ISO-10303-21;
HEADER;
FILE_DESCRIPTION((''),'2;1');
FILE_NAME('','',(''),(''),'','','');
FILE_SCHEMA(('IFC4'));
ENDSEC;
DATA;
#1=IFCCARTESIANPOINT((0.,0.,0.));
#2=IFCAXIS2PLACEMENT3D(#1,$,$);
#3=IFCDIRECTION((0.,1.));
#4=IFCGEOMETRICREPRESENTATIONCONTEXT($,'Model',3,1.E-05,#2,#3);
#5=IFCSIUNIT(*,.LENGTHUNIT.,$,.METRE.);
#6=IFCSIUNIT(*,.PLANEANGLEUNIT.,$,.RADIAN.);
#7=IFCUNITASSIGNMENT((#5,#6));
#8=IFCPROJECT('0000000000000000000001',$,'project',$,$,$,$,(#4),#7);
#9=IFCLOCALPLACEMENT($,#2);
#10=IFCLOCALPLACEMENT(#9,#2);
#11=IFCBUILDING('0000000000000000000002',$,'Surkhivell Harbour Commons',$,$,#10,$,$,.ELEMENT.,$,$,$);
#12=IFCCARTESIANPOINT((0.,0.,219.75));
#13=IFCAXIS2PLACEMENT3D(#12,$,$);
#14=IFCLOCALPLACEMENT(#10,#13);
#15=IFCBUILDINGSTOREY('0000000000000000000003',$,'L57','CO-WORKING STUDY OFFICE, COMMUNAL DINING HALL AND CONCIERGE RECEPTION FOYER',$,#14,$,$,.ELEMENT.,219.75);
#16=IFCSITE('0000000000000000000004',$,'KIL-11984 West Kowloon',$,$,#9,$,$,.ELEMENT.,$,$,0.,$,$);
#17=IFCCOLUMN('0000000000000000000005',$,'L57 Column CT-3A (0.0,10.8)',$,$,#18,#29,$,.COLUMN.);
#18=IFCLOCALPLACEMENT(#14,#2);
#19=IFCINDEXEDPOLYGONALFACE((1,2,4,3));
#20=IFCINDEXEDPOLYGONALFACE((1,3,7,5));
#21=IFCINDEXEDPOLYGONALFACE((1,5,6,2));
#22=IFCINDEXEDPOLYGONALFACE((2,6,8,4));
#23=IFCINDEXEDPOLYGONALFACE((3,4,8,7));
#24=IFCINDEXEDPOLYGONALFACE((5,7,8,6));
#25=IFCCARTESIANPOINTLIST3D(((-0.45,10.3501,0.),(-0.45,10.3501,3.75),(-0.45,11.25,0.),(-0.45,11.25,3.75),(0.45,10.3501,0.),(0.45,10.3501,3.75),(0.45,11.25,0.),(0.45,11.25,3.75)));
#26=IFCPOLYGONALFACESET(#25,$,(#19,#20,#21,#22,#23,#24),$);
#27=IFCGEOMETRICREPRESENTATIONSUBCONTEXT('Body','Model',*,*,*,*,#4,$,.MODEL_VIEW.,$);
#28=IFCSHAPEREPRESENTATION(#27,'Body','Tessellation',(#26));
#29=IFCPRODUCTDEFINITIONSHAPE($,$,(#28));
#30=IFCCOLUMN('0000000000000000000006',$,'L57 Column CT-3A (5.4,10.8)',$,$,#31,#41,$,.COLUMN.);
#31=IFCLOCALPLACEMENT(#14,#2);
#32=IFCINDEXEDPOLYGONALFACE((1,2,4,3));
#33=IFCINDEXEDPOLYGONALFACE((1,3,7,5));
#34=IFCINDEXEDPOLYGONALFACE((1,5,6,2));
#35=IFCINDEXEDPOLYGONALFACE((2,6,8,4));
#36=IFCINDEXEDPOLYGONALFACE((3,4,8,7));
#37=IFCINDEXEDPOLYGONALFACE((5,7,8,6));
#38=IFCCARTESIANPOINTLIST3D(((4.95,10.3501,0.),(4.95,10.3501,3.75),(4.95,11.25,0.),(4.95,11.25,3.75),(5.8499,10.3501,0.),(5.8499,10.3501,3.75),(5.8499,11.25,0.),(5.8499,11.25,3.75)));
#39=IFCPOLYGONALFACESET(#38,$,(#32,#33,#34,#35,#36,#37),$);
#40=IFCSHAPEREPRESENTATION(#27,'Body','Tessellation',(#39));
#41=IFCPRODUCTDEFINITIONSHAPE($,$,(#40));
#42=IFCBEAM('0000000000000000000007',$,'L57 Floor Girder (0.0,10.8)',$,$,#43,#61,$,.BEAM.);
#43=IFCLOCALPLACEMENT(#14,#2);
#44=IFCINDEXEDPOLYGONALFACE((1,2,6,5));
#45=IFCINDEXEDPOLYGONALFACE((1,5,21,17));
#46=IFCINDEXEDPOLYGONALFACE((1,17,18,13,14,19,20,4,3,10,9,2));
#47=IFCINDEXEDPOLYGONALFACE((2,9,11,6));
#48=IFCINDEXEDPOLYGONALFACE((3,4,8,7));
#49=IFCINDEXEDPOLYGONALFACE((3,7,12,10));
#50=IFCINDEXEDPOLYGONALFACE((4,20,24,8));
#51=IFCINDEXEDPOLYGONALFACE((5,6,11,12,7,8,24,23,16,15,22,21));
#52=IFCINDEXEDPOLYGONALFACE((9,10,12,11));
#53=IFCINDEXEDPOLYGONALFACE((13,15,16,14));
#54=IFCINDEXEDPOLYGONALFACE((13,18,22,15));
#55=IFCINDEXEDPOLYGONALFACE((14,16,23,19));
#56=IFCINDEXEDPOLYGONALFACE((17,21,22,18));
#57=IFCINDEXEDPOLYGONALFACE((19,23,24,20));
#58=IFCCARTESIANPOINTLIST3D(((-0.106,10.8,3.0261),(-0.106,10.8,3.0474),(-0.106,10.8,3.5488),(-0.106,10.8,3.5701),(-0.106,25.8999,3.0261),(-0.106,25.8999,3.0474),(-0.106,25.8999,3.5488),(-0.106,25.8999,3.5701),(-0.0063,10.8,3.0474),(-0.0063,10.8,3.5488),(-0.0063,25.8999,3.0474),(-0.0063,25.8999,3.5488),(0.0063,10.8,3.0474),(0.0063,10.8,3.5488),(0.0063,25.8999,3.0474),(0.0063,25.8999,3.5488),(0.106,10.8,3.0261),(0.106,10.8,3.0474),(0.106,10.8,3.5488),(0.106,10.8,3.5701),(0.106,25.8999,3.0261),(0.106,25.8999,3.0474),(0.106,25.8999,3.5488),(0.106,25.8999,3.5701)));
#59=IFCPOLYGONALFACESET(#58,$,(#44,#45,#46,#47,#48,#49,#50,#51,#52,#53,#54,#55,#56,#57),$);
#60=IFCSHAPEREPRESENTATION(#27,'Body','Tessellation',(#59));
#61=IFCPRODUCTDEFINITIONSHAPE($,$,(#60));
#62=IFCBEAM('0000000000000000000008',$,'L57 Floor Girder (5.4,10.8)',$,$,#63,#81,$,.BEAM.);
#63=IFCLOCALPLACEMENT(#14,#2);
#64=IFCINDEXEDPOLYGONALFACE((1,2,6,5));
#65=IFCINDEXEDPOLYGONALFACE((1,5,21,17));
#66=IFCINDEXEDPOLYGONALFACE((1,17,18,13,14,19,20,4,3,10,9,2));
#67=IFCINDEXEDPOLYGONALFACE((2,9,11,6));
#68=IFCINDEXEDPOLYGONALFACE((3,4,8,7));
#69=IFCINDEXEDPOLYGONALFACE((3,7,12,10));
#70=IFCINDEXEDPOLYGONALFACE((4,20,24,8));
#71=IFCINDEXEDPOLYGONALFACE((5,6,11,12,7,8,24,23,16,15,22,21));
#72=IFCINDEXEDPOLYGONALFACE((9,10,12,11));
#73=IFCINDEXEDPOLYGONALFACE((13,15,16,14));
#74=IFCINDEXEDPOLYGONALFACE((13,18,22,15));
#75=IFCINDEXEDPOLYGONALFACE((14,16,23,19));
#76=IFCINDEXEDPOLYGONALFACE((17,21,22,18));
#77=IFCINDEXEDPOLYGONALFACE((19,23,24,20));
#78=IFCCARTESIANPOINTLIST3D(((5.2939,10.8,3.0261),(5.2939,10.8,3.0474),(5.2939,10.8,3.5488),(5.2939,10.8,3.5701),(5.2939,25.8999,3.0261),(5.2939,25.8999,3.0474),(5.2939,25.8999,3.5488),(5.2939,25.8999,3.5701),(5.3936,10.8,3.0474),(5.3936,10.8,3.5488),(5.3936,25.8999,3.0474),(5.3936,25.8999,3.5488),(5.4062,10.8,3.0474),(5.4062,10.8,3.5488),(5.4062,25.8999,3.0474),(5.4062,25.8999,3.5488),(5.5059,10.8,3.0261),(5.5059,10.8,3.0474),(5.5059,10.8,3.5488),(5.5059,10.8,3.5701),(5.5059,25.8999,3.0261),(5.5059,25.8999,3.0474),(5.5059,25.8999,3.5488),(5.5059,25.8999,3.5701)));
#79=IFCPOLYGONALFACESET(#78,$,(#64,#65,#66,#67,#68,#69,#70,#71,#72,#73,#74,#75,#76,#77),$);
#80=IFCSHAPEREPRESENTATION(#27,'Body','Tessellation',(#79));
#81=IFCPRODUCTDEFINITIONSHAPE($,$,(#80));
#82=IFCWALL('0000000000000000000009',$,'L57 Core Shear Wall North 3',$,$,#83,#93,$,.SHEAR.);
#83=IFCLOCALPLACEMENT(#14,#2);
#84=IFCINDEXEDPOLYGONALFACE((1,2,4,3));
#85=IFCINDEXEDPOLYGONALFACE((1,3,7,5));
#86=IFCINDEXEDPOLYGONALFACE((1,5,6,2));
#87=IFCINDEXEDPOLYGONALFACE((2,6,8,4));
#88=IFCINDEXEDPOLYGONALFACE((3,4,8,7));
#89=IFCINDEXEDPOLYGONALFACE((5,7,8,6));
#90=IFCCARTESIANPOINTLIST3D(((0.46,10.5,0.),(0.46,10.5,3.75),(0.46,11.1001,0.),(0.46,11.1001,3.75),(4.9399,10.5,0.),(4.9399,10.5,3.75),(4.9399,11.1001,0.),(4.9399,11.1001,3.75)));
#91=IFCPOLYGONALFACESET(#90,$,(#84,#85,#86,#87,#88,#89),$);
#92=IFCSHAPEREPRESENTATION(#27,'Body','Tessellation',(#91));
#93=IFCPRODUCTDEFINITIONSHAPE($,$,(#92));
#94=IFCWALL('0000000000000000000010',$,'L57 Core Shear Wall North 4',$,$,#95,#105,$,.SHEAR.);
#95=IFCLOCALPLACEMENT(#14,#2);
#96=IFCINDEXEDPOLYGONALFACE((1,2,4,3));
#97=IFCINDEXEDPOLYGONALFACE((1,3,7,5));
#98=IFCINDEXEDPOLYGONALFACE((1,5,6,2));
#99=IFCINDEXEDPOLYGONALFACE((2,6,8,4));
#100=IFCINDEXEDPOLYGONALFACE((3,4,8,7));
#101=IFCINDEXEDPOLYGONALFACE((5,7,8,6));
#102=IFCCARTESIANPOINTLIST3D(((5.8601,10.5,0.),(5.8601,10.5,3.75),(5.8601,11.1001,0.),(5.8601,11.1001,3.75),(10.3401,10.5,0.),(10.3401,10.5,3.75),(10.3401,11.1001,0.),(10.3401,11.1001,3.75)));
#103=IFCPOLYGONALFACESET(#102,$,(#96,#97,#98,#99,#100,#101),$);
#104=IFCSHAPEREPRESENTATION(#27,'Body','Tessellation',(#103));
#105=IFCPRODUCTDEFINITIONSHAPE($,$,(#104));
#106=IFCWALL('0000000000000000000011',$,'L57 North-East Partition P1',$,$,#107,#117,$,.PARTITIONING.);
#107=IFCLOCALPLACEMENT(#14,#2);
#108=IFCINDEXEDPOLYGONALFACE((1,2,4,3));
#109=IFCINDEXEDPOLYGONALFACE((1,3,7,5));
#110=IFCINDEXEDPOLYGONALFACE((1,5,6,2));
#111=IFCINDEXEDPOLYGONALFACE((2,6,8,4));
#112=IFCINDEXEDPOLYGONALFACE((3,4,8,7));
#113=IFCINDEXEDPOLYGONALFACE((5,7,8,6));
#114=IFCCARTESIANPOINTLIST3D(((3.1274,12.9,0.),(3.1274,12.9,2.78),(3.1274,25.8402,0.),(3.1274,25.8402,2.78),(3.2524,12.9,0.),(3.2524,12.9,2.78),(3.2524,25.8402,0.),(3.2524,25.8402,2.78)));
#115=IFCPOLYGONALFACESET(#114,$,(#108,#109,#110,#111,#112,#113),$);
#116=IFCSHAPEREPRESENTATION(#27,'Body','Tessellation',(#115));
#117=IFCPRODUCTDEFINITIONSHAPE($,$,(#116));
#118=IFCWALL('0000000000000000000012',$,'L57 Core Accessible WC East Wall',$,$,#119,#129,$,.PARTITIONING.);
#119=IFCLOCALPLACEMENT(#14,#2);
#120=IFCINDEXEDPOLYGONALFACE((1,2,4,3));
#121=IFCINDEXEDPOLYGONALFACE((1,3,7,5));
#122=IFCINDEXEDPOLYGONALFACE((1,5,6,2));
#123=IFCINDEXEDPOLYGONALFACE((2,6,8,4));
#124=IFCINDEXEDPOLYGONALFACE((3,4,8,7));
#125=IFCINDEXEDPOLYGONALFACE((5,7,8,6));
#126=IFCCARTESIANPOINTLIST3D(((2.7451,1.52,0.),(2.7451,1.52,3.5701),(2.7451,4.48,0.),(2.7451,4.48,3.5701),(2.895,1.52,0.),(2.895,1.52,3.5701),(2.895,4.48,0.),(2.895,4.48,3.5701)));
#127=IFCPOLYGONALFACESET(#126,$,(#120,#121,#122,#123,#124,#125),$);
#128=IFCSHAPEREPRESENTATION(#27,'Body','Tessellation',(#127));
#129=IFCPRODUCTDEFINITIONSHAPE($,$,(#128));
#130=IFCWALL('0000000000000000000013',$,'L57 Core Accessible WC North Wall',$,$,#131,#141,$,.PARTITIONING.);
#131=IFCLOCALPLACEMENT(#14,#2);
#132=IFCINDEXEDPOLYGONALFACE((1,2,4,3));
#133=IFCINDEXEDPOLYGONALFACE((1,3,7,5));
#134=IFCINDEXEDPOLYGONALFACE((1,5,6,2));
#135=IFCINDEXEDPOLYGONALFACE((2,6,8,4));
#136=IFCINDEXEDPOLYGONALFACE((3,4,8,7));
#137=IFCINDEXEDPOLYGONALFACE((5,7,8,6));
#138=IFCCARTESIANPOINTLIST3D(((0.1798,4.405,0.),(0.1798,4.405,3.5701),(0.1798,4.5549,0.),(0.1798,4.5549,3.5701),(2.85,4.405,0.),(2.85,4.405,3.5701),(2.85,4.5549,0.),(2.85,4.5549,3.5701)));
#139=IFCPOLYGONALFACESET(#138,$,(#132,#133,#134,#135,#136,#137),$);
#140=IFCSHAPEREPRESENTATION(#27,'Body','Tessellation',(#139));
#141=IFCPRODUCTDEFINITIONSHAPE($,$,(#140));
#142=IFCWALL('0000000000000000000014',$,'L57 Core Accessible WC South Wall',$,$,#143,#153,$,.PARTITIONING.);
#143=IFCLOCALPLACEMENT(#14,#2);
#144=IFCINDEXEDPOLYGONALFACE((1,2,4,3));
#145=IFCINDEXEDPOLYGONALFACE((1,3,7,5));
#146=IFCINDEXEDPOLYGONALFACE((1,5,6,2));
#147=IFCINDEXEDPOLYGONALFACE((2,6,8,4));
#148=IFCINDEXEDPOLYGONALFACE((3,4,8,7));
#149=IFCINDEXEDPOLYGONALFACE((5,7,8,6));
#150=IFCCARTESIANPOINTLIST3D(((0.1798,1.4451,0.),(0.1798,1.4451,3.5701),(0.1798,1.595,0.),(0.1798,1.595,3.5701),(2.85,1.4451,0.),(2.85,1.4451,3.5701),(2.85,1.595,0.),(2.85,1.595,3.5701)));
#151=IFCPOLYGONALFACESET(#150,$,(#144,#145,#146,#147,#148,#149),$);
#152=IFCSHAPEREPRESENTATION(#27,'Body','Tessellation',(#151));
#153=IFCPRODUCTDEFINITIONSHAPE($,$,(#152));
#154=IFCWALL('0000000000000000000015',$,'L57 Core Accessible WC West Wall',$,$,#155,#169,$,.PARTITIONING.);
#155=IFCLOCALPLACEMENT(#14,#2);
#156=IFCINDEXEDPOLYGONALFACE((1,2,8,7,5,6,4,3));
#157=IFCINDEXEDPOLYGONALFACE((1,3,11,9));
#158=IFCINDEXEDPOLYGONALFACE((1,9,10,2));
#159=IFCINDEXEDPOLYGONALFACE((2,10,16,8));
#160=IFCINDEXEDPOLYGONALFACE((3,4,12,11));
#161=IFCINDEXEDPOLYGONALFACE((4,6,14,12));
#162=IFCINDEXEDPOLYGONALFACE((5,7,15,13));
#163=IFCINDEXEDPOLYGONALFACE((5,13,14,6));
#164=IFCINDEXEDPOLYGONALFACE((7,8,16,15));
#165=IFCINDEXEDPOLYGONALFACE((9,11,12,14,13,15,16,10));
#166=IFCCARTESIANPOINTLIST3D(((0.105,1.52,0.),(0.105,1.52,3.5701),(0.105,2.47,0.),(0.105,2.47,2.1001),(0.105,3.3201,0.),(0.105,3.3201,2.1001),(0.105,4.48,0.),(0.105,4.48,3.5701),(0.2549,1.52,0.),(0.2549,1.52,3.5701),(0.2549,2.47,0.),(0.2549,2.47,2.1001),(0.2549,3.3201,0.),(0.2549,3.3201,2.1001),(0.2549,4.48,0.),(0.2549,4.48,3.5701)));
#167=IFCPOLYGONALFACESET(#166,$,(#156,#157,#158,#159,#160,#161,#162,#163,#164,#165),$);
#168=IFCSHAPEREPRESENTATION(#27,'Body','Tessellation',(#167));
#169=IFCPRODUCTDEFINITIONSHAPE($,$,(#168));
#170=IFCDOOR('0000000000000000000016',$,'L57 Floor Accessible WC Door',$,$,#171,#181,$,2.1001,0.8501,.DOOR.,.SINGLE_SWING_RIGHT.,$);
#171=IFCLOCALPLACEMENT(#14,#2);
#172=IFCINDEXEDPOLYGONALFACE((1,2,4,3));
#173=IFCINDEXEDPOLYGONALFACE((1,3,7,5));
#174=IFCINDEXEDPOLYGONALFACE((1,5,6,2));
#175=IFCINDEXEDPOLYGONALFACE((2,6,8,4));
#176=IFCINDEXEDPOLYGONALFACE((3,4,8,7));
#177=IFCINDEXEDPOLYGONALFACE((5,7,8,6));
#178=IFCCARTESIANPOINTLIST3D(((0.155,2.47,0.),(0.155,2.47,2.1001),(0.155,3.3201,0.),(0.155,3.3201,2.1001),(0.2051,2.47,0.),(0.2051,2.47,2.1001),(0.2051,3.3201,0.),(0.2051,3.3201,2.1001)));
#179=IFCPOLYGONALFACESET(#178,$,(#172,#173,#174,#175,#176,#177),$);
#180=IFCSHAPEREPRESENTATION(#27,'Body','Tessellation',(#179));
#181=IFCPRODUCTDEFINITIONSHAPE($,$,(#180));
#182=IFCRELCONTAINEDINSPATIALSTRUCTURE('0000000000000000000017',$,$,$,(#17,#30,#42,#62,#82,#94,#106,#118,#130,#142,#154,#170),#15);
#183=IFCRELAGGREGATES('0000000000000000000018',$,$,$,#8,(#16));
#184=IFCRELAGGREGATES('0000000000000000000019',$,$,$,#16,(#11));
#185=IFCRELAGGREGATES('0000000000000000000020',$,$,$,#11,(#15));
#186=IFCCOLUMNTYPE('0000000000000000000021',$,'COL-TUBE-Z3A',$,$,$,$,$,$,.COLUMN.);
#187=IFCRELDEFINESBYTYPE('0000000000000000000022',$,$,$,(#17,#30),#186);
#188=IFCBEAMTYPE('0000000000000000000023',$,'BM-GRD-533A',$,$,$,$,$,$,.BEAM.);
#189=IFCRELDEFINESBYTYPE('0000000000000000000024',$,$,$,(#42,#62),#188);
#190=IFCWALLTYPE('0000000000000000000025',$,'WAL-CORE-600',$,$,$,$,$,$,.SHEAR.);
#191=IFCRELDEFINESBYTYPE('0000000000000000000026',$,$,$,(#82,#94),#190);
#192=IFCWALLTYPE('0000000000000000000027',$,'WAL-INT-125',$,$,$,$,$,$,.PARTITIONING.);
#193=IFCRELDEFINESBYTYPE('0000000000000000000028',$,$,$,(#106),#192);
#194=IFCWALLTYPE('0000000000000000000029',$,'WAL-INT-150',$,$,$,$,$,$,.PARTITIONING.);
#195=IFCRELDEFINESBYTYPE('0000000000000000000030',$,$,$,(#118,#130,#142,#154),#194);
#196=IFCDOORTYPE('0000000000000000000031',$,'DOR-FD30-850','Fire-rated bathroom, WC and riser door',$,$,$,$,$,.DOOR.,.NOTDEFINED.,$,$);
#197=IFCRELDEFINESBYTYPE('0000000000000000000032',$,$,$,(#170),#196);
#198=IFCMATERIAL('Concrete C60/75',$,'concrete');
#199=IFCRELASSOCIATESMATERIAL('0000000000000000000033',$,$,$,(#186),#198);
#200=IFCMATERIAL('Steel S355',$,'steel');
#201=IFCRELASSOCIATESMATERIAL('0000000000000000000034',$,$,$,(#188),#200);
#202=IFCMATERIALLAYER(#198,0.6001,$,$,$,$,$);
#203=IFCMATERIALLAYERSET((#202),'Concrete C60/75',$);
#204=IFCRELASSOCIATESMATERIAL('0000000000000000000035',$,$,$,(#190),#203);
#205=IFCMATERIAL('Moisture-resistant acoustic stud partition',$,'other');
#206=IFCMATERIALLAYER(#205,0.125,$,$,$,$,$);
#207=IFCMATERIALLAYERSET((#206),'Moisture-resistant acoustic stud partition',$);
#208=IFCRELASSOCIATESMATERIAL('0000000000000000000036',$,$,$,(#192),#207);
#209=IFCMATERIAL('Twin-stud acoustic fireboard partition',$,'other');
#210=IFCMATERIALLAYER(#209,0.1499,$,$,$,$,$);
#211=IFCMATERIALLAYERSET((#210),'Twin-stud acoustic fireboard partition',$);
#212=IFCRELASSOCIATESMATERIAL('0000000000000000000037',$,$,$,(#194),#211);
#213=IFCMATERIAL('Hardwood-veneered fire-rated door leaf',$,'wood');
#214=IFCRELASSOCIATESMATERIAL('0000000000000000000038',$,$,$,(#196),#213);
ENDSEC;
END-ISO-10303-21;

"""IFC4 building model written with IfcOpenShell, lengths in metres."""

from ifc_helpers import new_model, si_unit, direction, frame, frame_2d, origin, origin_2d, place, context, subcontext, project, spatial, rectangle, i_section, extrude, material, layer, layer_set, material_profile, profile_set, type_object, element, fill, save


model = new_model("IFC4")

# Units and contexts
model_context = context("Model", 3, precision=1e-05, world=origin(), true_north=direction((0.0, 1.0)))
body_context = subcontext(model_context, "Body", "Model", "MODEL_VIEW")
ifc_project = project(units=[si_unit("LENGTHUNIT", "METRE"), si_unit("PLANEANGLEUNIT", "RADIAN")], contexts=[model_context])

# Site, building, storey
site_placement = place(None, origin())
site = spatial("IfcSite", under=ifc_project, at=site_placement, Name="KIL-11984 West Kowloon", CompositionType="ELEMENT", RefElevation=0.0)
building_placement = place(site_placement, origin())
building = spatial("IfcBuilding", under=site, at=building_placement, Name="Surkhivell Harbour Commons", CompositionType="ELEMENT")
storey_placement = place(building_placement, frame((0.0, 0.0, 219.75)))
storey = spatial("IfcBuildingStorey", under=building, at=storey_placement, Name="L57", Description="CO-WORKING STUDY OFFICE, COMMUNAL DINING HALL AND CONCIERGE RECEPTION FOYER", CompositionType="ELEMENT", Elevation=219.75)

# Columns
ifc_material_1 = material(Name="Concrete C60/75", Category="concrete")
ifc_material_profile_1 = material_profile(ifc_material_1, rectangle(XDim=0.8999, YDim=0.8999, at=origin_2d()), Name="RC-COL-900x900")
ifc_profile_set_1 = profile_set([ifc_material_profile_1], Name="Concrete C60/75")
column_type = type_object("IfcColumnType", Name="COL-TUBE-Z3A", PredefinedType="COLUMN", material=ifc_profile_set_1)
for number, where, z_axis, x_axis, name in (
    (1, (0.0, 10.8, 0.0), (0.0, 0.0, 1.0), (1.0, 0.0, 0.0), "L57 Column CT-3A (0.0,10.8)"),
    (2, (5.3999, 10.8, 0.0), (0.0, 0.0, 1.0), (1.0, 0.0, 0.0), "L57 Column CT-3A (5.4,10.8)"),
):
    element("IfcColumn", number, at=place(storey_placement, frame(where, z_axis=z_axis, x_axis=x_axis)), inside=storey, type_object=column_type, Name=name, PredefinedType="COLUMN", context=body_context, shape_type="SweptSolid", body=[
        extrude(rectangle(XDim=0.8999, YDim=0.8999, at=origin_2d()), origin(), (0.0, 0.0, 1.0), 3.75),
    ])

# Beams
ifc_material_2 = material(Name="Steel S355", Category="steel")
ifc_material_profile_2 = material_profile(ifc_material_2, i_section(OverallWidth=0.2119, OverallDepth=0.5439, WebThickness=0.0127, FlangeThickness=0.0212, at=origin_2d()), Name="UB533x210x122")
ifc_profile_set_2 = profile_set([ifc_material_profile_2], Name="Steel S355")
beam_type = type_object("IfcBeamType", Name="BM-GRD-533A", PredefinedType="BEAM", material=ifc_profile_set_2)
for number, where, z_axis, x_axis, name in (
    (3, (0.0, 10.8, 3.2981), (0.0, 1.0, 0.0), (-1.0, 0.0, 0.0), "L57 Floor Girder (0.0,10.8)"),
    (4, (5.3999, 10.8, 3.2981), (0.0, 1.0, 0.0), (-1.0, 0.0, 0.0), "L57 Floor Girder (5.4,10.8)"),
):
    element("IfcBeam", number, at=place(storey_placement, frame(where, z_axis=z_axis, x_axis=x_axis)), inside=storey, type_object=beam_type, Name=name, PredefinedType="BEAM", context=body_context, shape_type="SweptSolid", body=[
        extrude(i_section(OverallWidth=0.2119, OverallDepth=0.5439, WebThickness=0.0127, FlangeThickness=0.0212, at=origin_2d()), origin(), (0.0, 0.0, 1.0), 15.0999),
    ])

# Walls
ifc_layer_1 = layer(ifc_material_1, 0.6001)
ifc_layer_set_1 = layer_set([ifc_layer_1], Name="Concrete C60/75")
wall_type_1 = type_object("IfcWallType", Name="WAL-CORE-600", PredefinedType="SHEAR", material=ifc_layer_set_1)
for number, where, z_axis, x_axis, name in (
    (5, (0.46, 10.8, 0.0), (0.0, 0.0, 1.0), (1.0, 0.0, 0.0), "L57 Core Shear Wall North 3"),
    (6, (5.8601, 10.8, 0.0), (0.0, 0.0, 1.0), (1.0, 0.0, 0.0), "L57 Core Shear Wall North 4"),
):
    element("IfcWall", number, at=place(storey_placement, frame(where, z_axis=z_axis, x_axis=x_axis)), inside=storey, type_object=wall_type_1, Name=name, PredefinedType="SHEAR", context=body_context, shape_type="SweptSolid", body=[
        extrude(rectangle(XDim=4.48, YDim=0.6001, at=frame_2d((2.24, 0.0))), origin(), (0.0, 0.0, 1.0), 3.75),
    ])
ifc_material_3 = material(Name="Moisture-resistant acoustic stud partition", Category="other")
ifc_layer_2 = layer(ifc_material_3, 0.125)
ifc_layer_set_2 = layer_set([ifc_layer_2], Name="Moisture-resistant acoustic stud partition")
wall_type_2 = type_object("IfcWallType", Name="WAL-INT-125", PredefinedType="PARTITIONING", material=ifc_layer_set_2)
wall_1_placement = place(storey_placement, frame((3.1899, 12.8999, 0.0), z_axis=(0.0, 0.0, 1.0), x_axis=(0.0, 1.0, 0.0)))
element("IfcWall", 7, at=wall_1_placement, inside=storey, type_object=wall_type_2, Name="L57 North-East Partition P1", PredefinedType="PARTITIONING", context=body_context, shape_type="SweptSolid", body=[
    extrude(rectangle(XDim=12.9402, YDim=0.125, at=frame_2d((6.4702, 0.0))), origin(), (0.0, 0.0, 1.0), 2.78),
])
ifc_material_4 = material(Name="Twin-stud acoustic fireboard partition", Category="other")
ifc_layer_3 = layer(ifc_material_4, 0.1499)
ifc_layer_set_3 = layer_set([ifc_layer_3], Name="Twin-stud acoustic fireboard partition")
wall_type_3 = type_object("IfcWallType", Name="WAL-INT-150", PredefinedType="PARTITIONING", material=ifc_layer_set_3)
wall_2_placement = place(storey_placement, frame((2.8201, 1.52, 0.0), z_axis=(0.0, 0.0, 1.0), x_axis=(0.0, 1.0, 0.0)))
element("IfcWall", 8, at=wall_2_placement, inside=storey, type_object=wall_type_3, Name="L57 Core Accessible WC East Wall", PredefinedType="PARTITIONING", context=body_context, shape_type="SweptSolid", body=[
    extrude(rectangle(XDim=2.96, YDim=0.1499, at=frame_2d((1.48, 0.0))), origin(), (0.0, 0.0, 1.0), 3.5701),
])
for number, where, z_axis, x_axis, name in (
    (9, (0.1799, 4.48, 0.0), (0.0, 0.0, 1.0), (1.0, 0.0, 0.0), "L57 Core Accessible WC North Wall"),
    (10, (0.1799, 1.52, 0.0), (0.0, 0.0, 1.0), (1.0, 0.0, 0.0), "L57 Core Accessible WC South Wall"),
):
    element("IfcWall", number, at=place(storey_placement, frame(where, z_axis=z_axis, x_axis=x_axis)), inside=storey, type_object=wall_type_3, Name=name, PredefinedType="PARTITIONING", context=body_context, shape_type="SweptSolid", body=[
        extrude(rectangle(XDim=2.6702, YDim=0.1499, at=frame_2d((1.335, 0.0))), origin(), (0.0, 0.0, 1.0), 3.5701),
    ])

# Wall, opening, door
wall_3_placement = place(storey_placement, frame((0.1799, 1.52, 0.0), z_axis=(0.0, 0.0, 1.0), x_axis=(0.0, 1.0, 0.0)))
wall_3 = element("IfcWall", 11, at=wall_3_placement, inside=storey, type_object=wall_type_3, Name="L57 Core Accessible WC West Wall", PredefinedType="PARTITIONING", context=body_context, shape_type="SweptSolid", body=[
    extrude(rectangle(XDim=2.96, YDim=0.1499, at=frame_2d((1.48, 0.0))), origin(), (0.0, 0.0, 1.0), 3.5701),
])
opening_1_placement = place(wall_3_placement, frame((0.95, 0.0, 0.0)))
opening_1 = element("IfcOpeningElement", 12, at=opening_1_placement, cuts=wall_3, PredefinedType="OPENING", context=body_context, shape_type="SweptSolid", body=[
    extrude(rectangle(XDim=0.8501, YDim=2.1001, at=frame_2d((0.425, 1.05))), frame((0.0, 0.085, 0.0), z_axis=(0.0, -1.0, 0.0), x_axis=(1.0, 0.0, 0.0)), (0.0, 0.0, 1.0), 0.1699),
])
ifc_material_5 = material(Name="Hardwood-veneered fire-rated door leaf", Category="wood")
door_type_1 = type_object("IfcDoorType", Name="DOR-FD30-850", Description="Fire-rated bathroom, WC and riser door", OperationType="NOTDEFINED", PredefinedType="DOOR", material=ifc_material_5)
door_1_placement = place(opening_1_placement, origin())
door_1 = element("IfcDoor", 13, at=door_1_placement, inside=storey, type_object=door_type_1, Name="L57 Floor Accessible WC Door", OperationType="SINGLE_SWING_RIGHT", OverallHeight=2.1001, OverallWidth=0.8501, PredefinedType="DOOR", context=body_context, shape_type="SweptSolid", body=[
    extrude(rectangle(XDim=0.8501, YDim=2.1001, at=frame_2d((0.425, 1.05))), frame((0.0, 0.0249, 0.0), z_axis=(0.0, -1.0, 0.0), x_axis=(1.0, 0.0, 0.0)), (0.0, 0.0, 1.0), 0.05),
])
fill(opening_1, door_1)

save(model, "model.ifc")
